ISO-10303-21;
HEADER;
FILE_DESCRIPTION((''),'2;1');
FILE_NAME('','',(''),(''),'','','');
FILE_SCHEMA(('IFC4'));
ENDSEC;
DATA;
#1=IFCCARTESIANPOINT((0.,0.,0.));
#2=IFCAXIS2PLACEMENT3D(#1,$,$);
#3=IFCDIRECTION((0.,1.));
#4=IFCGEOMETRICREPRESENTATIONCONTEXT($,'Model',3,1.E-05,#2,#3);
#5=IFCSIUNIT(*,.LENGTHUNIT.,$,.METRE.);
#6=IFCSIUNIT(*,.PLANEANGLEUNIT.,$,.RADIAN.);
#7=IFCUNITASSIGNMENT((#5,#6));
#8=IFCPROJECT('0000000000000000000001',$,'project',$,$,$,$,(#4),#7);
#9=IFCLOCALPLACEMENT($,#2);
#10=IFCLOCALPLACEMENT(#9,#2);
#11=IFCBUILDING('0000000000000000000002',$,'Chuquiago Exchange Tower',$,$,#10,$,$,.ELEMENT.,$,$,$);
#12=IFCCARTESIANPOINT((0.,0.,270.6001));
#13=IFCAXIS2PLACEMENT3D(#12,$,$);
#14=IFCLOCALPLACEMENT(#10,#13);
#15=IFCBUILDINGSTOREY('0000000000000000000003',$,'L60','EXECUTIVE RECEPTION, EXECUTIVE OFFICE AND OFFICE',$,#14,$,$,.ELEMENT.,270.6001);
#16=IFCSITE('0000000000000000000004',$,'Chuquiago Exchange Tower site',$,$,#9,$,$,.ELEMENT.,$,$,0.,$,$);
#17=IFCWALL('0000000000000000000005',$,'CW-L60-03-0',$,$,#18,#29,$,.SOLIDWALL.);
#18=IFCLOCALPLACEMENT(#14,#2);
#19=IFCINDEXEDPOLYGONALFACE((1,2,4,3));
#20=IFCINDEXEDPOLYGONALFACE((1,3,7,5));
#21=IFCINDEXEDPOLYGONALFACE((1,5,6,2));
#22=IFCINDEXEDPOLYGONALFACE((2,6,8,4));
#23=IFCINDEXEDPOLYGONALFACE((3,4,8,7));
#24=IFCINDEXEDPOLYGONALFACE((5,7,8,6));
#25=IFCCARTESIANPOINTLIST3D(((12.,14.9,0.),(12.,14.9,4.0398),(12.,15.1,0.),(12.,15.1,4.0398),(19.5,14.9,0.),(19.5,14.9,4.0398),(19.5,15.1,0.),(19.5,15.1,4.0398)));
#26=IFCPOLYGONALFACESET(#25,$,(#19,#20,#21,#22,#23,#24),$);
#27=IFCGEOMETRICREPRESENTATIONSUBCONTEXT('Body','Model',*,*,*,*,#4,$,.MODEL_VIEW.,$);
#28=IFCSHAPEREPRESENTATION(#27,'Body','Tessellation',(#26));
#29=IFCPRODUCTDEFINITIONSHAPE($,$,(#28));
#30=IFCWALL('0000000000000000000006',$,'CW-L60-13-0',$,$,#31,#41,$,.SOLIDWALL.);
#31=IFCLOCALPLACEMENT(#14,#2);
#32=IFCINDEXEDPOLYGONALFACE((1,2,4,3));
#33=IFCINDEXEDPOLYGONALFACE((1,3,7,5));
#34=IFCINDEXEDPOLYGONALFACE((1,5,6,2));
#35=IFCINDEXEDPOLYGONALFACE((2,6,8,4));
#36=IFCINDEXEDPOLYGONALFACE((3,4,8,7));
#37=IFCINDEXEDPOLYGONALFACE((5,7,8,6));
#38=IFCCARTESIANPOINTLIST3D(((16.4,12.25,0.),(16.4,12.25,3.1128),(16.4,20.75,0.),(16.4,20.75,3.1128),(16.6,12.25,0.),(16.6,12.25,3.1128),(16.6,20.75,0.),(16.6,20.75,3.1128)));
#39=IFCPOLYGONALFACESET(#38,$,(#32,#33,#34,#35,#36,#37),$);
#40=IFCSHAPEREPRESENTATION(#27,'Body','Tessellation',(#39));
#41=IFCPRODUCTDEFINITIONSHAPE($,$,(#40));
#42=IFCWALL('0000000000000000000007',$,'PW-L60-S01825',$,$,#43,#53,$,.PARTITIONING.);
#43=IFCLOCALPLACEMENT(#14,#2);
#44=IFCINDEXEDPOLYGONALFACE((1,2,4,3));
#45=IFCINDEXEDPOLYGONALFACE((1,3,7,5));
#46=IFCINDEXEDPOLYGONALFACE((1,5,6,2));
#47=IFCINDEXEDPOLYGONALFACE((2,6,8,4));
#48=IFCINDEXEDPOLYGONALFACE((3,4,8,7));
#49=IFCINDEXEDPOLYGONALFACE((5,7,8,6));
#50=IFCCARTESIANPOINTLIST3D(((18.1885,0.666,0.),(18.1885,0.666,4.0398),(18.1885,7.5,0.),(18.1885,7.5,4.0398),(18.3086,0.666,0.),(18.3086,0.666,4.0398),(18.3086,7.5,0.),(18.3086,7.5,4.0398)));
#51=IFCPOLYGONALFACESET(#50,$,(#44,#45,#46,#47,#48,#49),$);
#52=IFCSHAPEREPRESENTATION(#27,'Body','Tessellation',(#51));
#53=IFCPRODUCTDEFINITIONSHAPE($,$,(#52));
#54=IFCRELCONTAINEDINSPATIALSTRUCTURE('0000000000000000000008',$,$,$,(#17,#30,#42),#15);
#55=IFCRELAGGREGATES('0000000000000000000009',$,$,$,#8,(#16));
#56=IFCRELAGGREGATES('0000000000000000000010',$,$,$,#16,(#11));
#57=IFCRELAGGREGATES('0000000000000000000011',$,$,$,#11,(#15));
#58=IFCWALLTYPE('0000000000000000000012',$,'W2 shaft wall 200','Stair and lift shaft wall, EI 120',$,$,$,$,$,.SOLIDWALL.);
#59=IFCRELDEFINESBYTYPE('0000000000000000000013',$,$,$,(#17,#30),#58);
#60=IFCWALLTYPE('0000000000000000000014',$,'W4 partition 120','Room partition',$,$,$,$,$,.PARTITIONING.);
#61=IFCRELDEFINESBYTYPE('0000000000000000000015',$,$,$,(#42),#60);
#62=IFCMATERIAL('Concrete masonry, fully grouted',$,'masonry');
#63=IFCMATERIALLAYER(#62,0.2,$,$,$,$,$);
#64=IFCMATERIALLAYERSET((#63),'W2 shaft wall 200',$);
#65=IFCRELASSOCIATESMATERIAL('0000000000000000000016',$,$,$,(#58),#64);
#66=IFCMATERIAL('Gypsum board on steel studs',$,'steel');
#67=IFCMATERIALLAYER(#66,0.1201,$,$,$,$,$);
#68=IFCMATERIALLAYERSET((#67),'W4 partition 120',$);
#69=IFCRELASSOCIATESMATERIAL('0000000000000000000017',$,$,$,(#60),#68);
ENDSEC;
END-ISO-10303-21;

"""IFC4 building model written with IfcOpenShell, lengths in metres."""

from ifc_helpers import new_model, si_unit, direction, frame, frame_2d, origin, place, context, subcontext, project, spatial, rectangle, extrude, material, layer, layer_set, type_object, element, save


model = new_model("IFC4")

# Units and contexts
model_context = context("Model", 3, precision=1e-05, world=origin(), true_north=direction((0.0, 1.0)))
body_context = subcontext(model_context, "Body", "Model", "MODEL_VIEW")
ifc_project = project(units=[si_unit("LENGTHUNIT", "METRE"), si_unit("PLANEANGLEUNIT", "RADIAN")], contexts=[model_context])

# Site, building, storey
site_placement = place(None, origin())
site = spatial("IfcSite", under=ifc_project, at=site_placement, Name="Chuquiago Exchange Tower site", CompositionType="ELEMENT", RefElevation=0.0)
building_placement = place(site_placement, origin())
building = spatial("IfcBuilding", under=site, at=building_placement, Name="Chuquiago Exchange Tower", CompositionType="ELEMENT")
storey_placement = place(building_placement, frame((0.0, 0.0, 270.6001)))
storey = spatial("IfcBuildingStorey", under=building, at=storey_placement, Name="L60", Description="EXECUTIVE RECEPTION, EXECUTIVE OFFICE AND OFFICE", CompositionType="ELEMENT", Elevation=270.6001)

# Walls
ifc_material_1 = material(Name="Concrete masonry, fully grouted", Category="masonry")
ifc_layer_1 = layer(ifc_material_1, 0.2)
ifc_layer_set_1 = layer_set([ifc_layer_1], Name="W2 shaft wall 200")
wall_type_1 = type_object("IfcWallType", Name="W2 shaft wall 200", Description="Stair and lift shaft wall, EI 120", PredefinedType="SOLIDWALL", material=ifc_layer_set_1)
wall_1_placement = place(storey_placement, frame((12.0, 15.0, 0.0), z_axis=(0.0, 0.0, 1.0), x_axis=(1.0, 0.0, 0.0)))
element("IfcWall", 1, at=wall_1_placement, inside=storey, type_object=wall_type_1, Name="CW-L60-03-0", PredefinedType="SOLIDWALL", context=body_context, shape_type="SweptSolid", body=[
    extrude(rectangle(XDim=7.5, YDim=0.2, at=frame_2d((3.75, 0.0))), origin(), (0.0, 0.0, 1.0), 4.0398),
])
wall_2_placement = place(storey_placement, frame((16.5, 12.25, 0.0), z_axis=(0.0, 0.0, 1.0), x_axis=(0.0, 1.0, 0.0)))
element("IfcWall", 2, at=wall_2_placement, inside=storey, type_object=wall_type_1, Name="CW-L60-13-0", PredefinedType="SOLIDWALL", context=body_context, shape_type="SweptSolid", body=[
    extrude(rectangle(XDim=8.5, YDim=0.2, at=frame_2d((4.25, 0.0))), origin(), (0.0, 0.0, 1.0), 3.1128),
])
ifc_material_2 = material(Name="Gypsum board on steel studs", Category="steel")
ifc_layer_2 = layer(ifc_material_2, 0.1201)
ifc_layer_set_2 = layer_set([ifc_layer_2], Name="W4 partition 120")
wall_type_2 = type_object("IfcWallType", Name="W4 partition 120", Description="Room partition", PredefinedType="PARTITIONING", material=ifc_layer_set_2)
wall_3_placement = place(storey_placement, frame((18.2485, 0.666, 0.0), z_axis=(0.0, 0.0, 1.0), x_axis=(0.0, 1.0, 0.0)))
element("IfcWall", 3, at=wall_3_placement, inside=storey, type_object=wall_type_2, Name="PW-L60-S01825", PredefinedType="PARTITIONING", context=body_context, shape_type="SweptSolid", body=[
    extrude(rectangle(XDim=6.834, YDim=0.1201, at=frame_2d((3.417, 0.0))), origin(), (0.0, 0.0, 1.0), 4.0398),
])

save(model, "model.ifc")
